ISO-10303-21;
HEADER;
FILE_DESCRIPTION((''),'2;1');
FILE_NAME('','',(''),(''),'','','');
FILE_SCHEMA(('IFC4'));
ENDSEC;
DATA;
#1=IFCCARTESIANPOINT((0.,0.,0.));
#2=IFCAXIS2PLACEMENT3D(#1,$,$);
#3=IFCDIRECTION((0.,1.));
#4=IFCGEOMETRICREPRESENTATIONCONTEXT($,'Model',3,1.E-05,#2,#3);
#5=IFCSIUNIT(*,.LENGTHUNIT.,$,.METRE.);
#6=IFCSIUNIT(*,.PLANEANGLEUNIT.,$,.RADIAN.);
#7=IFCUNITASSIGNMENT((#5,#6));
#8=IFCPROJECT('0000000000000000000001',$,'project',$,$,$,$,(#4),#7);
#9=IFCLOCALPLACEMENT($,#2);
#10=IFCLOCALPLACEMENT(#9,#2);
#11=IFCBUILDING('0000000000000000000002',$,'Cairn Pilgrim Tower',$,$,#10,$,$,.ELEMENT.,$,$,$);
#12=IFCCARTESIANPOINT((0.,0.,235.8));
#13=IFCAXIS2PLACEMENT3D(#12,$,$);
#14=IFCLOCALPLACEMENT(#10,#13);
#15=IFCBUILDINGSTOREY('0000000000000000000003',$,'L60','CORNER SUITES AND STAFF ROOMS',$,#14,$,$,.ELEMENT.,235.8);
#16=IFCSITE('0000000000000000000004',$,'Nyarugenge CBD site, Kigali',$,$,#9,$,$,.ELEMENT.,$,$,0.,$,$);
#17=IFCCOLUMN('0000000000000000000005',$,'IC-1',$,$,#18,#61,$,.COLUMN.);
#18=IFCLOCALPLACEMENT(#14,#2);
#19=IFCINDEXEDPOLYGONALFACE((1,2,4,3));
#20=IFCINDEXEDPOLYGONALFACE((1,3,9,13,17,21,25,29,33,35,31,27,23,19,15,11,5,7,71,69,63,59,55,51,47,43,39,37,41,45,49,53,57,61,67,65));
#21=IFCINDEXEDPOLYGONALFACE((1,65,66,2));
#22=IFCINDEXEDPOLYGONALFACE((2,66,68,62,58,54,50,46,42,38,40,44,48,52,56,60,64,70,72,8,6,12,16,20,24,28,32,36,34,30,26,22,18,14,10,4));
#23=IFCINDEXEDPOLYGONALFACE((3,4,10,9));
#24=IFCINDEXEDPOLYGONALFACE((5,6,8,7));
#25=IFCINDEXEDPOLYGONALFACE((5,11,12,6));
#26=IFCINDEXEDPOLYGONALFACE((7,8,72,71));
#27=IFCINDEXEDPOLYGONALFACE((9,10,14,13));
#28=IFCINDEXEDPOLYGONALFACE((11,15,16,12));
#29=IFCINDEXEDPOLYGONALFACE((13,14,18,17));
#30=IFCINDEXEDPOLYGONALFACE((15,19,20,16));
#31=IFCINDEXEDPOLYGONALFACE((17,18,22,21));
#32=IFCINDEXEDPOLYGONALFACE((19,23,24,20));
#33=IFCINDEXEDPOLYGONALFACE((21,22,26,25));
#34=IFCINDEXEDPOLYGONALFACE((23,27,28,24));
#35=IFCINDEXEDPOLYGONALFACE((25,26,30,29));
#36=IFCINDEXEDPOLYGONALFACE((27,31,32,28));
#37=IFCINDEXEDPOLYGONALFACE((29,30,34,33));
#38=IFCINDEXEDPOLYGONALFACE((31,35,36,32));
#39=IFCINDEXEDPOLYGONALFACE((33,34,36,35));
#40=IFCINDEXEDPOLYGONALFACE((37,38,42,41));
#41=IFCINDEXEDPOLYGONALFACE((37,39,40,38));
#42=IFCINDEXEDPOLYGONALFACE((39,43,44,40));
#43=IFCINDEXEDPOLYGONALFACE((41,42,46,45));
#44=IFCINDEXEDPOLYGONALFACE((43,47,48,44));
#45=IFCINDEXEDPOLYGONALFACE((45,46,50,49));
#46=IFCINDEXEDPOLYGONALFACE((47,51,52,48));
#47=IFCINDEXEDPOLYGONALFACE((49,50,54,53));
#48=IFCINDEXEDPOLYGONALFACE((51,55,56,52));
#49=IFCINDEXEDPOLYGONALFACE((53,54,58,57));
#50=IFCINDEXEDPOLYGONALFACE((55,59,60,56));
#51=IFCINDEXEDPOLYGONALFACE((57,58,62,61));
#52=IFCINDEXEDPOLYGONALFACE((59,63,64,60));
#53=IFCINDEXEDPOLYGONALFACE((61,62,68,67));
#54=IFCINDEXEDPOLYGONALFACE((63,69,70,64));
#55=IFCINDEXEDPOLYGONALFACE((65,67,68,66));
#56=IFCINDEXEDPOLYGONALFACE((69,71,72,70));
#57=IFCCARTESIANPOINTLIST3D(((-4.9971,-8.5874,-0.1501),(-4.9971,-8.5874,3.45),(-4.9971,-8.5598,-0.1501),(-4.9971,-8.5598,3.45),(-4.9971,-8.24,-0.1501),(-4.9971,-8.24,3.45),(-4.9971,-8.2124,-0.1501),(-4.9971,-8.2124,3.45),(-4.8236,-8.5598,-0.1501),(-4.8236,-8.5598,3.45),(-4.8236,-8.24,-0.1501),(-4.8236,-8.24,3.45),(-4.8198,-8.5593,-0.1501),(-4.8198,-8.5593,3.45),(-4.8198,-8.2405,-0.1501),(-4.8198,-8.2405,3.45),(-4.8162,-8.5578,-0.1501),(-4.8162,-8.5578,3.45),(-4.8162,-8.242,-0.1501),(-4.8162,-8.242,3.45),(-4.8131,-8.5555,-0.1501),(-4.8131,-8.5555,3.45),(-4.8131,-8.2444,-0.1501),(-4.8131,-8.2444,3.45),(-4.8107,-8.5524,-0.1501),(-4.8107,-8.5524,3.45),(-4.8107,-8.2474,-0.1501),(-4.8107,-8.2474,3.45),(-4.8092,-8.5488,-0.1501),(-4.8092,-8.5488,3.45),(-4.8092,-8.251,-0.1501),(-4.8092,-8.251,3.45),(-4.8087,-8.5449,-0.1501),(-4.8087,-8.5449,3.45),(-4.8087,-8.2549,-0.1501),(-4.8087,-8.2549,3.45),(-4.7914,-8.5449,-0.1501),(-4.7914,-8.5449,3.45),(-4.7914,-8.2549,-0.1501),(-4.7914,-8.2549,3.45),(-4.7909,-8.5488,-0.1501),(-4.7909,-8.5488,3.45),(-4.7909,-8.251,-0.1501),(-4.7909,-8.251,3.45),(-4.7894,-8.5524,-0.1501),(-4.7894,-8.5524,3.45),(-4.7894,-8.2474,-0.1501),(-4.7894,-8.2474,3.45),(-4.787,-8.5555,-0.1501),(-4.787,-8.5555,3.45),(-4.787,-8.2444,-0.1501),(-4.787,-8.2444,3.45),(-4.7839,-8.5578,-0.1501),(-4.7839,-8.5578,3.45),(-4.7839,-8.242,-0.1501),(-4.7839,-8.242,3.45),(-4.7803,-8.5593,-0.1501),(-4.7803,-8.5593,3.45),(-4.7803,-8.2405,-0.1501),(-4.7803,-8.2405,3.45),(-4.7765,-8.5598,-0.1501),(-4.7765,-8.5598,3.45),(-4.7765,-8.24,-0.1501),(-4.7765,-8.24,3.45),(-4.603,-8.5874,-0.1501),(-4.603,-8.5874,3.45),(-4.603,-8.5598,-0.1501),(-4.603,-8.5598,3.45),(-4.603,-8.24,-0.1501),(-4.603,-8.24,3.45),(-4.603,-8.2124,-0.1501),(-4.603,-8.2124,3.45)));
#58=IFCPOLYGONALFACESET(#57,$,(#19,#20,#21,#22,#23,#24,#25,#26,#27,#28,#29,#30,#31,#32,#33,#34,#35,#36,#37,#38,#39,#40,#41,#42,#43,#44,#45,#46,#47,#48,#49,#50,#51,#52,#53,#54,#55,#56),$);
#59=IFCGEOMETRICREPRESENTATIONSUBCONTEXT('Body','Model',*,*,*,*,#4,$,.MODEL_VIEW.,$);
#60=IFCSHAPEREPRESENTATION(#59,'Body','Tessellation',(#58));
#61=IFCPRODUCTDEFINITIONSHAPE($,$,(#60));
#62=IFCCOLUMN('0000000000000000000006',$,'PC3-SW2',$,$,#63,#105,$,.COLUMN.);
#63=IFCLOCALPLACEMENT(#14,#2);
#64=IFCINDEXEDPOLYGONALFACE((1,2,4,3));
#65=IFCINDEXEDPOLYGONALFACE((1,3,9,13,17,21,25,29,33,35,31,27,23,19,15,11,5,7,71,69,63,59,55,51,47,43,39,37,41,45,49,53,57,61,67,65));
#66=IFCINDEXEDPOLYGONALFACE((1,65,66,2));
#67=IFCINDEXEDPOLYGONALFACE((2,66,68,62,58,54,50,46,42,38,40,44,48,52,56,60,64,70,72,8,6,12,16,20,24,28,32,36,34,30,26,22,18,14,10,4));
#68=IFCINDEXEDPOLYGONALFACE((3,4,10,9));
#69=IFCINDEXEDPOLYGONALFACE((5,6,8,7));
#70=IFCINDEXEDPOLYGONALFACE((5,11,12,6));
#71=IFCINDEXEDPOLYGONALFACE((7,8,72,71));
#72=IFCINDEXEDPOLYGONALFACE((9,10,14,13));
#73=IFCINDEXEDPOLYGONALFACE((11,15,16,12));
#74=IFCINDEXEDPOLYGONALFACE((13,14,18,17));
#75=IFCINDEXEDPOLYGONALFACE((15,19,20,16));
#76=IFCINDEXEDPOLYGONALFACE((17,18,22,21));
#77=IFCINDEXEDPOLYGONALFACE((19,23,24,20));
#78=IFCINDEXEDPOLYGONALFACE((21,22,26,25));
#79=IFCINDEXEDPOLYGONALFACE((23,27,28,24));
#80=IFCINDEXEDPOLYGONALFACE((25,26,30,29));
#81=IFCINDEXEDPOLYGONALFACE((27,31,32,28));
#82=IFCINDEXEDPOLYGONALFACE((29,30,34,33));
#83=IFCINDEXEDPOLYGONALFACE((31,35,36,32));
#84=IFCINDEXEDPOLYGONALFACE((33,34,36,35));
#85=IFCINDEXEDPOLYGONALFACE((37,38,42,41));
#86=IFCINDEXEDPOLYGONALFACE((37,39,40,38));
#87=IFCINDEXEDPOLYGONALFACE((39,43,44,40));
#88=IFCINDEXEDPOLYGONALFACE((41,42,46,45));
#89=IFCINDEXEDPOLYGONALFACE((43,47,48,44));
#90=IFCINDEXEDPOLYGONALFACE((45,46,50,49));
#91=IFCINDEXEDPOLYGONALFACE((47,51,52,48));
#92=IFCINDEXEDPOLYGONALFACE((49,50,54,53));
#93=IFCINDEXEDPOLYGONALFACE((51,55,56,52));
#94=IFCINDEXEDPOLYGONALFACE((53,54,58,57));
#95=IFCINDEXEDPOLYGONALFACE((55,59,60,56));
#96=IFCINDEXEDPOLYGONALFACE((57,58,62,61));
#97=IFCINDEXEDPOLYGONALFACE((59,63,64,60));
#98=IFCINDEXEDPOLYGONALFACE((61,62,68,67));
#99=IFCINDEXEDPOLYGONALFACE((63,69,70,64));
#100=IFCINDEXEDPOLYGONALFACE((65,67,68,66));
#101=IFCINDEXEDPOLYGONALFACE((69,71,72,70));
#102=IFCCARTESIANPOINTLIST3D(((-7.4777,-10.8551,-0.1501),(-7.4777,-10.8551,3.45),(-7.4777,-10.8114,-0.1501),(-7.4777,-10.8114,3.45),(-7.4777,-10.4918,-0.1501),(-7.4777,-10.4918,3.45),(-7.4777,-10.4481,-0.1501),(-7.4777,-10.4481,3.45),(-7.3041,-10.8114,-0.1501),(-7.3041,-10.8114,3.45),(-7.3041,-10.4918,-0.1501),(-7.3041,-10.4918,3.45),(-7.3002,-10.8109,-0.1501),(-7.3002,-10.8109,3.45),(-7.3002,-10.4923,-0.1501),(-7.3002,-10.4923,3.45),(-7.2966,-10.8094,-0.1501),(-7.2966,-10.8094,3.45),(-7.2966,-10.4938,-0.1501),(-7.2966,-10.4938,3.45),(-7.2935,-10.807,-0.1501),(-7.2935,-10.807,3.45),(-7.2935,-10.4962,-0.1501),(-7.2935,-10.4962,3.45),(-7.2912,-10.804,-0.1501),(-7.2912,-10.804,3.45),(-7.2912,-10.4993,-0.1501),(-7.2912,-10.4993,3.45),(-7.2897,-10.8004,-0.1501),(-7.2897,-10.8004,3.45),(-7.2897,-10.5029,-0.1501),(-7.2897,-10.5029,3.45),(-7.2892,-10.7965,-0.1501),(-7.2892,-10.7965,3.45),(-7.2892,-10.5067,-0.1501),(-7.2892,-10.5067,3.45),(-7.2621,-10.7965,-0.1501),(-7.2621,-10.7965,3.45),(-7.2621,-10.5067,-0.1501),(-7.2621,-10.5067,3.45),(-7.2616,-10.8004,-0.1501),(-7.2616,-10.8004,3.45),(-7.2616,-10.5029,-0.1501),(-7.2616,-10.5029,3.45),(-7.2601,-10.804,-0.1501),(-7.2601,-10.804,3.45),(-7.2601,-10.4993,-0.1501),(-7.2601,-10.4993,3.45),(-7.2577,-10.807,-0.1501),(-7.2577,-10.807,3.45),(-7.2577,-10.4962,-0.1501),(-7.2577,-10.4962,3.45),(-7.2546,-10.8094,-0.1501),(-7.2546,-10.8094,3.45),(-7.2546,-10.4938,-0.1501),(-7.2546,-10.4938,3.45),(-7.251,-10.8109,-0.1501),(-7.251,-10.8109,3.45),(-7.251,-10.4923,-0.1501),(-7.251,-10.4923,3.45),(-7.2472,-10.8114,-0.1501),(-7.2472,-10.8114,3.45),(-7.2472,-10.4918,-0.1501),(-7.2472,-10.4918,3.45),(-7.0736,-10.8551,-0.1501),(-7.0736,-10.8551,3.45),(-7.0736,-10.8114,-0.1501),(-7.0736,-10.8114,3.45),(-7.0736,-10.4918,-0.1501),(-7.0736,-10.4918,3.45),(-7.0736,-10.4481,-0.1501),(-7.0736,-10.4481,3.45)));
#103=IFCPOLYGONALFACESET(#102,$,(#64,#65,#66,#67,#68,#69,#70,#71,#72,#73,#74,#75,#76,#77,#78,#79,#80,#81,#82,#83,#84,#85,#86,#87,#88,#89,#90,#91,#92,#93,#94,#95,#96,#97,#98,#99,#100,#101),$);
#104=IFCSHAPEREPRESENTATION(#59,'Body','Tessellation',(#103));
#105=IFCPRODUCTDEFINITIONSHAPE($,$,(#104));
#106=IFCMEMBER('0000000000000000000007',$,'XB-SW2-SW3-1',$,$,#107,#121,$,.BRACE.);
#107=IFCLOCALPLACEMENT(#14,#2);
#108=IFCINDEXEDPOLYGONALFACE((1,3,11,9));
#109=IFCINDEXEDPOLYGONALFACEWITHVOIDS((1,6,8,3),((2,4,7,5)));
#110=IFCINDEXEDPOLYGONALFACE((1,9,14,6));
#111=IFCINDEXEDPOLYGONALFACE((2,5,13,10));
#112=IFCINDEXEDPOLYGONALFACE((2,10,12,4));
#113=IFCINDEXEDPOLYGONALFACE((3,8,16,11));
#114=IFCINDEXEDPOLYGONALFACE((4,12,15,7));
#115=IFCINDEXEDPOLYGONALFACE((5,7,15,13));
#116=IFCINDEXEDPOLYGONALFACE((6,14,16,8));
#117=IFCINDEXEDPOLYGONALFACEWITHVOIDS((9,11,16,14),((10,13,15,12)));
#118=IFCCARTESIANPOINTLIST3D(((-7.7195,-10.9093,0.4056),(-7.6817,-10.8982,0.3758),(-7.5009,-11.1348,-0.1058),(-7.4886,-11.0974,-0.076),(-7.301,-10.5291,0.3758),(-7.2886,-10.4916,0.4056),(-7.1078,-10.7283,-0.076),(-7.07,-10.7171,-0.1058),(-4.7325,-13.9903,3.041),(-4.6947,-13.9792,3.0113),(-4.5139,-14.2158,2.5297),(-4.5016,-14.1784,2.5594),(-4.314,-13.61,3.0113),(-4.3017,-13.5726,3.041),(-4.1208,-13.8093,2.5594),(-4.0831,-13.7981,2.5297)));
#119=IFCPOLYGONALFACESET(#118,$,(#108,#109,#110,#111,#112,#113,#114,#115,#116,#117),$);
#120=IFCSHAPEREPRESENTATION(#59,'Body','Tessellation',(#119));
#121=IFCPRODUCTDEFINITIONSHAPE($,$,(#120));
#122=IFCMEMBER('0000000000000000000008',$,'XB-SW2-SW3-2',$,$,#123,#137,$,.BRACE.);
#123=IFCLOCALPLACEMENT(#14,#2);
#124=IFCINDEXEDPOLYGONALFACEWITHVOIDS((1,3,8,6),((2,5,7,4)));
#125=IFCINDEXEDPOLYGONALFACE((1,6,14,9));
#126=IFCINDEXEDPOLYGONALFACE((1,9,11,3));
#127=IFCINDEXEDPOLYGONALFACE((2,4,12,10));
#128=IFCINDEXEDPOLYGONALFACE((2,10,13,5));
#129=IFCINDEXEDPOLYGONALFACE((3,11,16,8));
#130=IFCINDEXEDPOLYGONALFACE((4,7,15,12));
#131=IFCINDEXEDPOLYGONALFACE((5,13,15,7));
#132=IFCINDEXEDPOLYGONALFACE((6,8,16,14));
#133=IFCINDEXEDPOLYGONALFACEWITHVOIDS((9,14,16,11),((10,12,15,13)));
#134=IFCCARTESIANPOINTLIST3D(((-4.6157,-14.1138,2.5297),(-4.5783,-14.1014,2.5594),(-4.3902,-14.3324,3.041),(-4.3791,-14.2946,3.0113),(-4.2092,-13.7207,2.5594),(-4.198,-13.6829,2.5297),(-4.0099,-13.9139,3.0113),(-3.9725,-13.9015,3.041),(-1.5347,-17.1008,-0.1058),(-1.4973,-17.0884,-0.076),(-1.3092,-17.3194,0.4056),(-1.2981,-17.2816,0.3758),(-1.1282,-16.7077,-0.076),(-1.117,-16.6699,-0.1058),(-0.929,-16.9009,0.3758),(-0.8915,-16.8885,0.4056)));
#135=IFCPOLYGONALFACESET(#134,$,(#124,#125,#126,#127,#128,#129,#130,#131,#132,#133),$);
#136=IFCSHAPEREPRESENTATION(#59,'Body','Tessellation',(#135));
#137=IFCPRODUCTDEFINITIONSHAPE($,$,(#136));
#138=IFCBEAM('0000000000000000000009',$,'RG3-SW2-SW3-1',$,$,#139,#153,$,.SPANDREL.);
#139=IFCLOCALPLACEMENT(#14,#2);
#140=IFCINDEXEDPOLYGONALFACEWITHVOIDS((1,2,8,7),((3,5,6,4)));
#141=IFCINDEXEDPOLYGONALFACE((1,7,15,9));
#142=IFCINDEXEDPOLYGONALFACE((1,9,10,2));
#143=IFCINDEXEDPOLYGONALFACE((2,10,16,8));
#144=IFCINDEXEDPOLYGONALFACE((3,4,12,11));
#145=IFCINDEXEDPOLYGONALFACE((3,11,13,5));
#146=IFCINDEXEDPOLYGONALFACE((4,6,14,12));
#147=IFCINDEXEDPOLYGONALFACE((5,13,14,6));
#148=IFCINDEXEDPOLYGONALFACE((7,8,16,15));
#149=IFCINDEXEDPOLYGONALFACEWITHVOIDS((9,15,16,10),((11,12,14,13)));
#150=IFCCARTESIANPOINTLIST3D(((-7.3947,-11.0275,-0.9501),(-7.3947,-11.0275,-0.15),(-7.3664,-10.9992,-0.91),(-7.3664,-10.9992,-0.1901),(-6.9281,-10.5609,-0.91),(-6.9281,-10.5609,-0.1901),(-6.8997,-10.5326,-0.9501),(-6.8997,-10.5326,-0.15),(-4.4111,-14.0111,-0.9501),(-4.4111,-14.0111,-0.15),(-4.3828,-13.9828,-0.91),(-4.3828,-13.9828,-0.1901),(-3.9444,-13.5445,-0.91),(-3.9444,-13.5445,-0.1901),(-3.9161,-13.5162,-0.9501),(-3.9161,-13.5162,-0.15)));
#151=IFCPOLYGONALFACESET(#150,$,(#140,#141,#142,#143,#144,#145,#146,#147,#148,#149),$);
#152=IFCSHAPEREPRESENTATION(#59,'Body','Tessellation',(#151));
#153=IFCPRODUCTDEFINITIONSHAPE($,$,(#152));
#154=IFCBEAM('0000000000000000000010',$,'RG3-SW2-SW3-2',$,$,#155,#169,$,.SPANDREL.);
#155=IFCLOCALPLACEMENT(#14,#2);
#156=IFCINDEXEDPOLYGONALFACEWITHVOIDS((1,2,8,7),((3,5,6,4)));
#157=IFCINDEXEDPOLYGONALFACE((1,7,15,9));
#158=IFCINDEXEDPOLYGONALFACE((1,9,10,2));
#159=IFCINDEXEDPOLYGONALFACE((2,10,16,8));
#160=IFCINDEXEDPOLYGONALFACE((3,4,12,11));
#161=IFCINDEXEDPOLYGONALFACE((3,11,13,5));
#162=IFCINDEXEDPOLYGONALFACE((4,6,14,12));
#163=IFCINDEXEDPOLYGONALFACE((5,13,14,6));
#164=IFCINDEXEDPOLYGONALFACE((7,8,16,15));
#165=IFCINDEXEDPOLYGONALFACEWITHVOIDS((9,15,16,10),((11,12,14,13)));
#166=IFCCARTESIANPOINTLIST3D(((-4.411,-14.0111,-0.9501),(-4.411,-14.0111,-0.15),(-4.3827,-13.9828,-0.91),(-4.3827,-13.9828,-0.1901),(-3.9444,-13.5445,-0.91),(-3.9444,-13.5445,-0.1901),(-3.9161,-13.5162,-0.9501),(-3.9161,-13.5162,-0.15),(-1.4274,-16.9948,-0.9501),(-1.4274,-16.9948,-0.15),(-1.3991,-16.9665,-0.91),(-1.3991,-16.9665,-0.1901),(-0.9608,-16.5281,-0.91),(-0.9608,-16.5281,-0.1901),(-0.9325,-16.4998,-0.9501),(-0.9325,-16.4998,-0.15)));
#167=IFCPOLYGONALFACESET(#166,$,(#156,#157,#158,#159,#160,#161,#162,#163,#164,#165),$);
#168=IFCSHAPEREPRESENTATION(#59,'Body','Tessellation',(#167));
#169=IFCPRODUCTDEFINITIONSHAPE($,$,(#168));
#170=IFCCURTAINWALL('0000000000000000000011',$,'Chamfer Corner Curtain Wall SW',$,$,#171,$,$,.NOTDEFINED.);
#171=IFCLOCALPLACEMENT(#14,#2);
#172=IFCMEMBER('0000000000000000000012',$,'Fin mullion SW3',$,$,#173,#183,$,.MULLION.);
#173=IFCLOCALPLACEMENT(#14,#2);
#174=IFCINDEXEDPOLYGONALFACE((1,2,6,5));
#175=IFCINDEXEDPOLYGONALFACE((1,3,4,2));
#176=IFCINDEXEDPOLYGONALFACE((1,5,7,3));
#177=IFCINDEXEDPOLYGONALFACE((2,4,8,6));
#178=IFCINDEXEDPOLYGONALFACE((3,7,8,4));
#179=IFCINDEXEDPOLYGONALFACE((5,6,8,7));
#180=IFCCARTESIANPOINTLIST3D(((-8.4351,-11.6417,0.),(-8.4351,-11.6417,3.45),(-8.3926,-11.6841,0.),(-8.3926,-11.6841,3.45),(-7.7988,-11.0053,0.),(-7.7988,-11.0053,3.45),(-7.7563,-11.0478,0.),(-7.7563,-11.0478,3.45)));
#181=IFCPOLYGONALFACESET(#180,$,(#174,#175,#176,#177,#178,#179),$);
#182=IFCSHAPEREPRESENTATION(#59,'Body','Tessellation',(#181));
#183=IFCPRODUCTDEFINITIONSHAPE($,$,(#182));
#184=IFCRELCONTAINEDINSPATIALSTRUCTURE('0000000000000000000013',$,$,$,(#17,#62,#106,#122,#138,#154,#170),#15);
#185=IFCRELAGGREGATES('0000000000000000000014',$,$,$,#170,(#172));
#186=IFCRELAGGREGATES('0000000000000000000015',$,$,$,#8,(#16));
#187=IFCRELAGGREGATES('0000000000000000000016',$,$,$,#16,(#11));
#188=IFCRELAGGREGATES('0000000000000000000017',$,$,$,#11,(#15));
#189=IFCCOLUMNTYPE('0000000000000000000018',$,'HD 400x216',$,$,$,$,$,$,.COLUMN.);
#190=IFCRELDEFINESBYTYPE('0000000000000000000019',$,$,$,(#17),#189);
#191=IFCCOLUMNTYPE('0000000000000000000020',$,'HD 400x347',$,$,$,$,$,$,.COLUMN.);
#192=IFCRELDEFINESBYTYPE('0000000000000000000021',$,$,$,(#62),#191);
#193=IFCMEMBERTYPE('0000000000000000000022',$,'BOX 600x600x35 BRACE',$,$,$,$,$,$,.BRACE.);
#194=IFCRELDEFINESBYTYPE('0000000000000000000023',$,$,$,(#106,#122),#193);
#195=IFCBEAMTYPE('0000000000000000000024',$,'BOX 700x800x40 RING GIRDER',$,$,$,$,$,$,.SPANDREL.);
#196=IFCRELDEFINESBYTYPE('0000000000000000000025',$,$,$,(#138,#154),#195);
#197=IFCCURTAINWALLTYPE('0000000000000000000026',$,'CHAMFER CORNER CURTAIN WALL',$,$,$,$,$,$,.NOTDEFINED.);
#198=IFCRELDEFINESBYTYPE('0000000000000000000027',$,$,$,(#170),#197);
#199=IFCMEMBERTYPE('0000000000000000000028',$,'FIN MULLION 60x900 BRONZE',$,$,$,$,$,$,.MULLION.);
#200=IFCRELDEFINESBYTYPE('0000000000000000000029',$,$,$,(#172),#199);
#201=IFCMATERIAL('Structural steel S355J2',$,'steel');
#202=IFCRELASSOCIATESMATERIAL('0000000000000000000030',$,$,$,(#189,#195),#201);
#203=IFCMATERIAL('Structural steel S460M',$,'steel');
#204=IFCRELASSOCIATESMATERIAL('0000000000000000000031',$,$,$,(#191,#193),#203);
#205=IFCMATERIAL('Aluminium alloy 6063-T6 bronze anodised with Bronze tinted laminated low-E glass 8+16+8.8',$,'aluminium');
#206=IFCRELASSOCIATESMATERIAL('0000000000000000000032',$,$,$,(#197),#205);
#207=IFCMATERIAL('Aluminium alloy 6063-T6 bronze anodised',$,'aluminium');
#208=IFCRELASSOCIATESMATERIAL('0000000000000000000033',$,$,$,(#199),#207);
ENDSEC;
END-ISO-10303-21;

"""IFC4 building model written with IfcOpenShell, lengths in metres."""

from ifc_helpers import new_model, si_unit, direction, frame, origin, origin_2d, place, context, subcontext, project, spatial, rectangle, hollow_rectangle, i_section, extrude, material, material_profile, profile_set, type_object, element, aggregate, save


model = new_model("IFC4")

# Units and contexts
model_context = context("Model", 3, precision=1e-05, world=origin(), true_north=direction((0.0, 1.0)))
body_context = subcontext(model_context, "Body", "Model", "MODEL_VIEW")
ifc_project = project(units=[si_unit("LENGTHUNIT", "METRE"), si_unit("PLANEANGLEUNIT", "RADIAN")], contexts=[model_context])

# Site, building, storey
site_placement = place(None, origin())
site = spatial("IfcSite", under=ifc_project, at=site_placement, Name="Nyarugenge CBD site, Kigali", CompositionType="ELEMENT", RefElevation=0.0)
building_placement = place(site_placement, origin())
building = spatial("IfcBuilding", under=site, at=building_placement, Name="Cairn Pilgrim Tower", CompositionType="ELEMENT")
storey_placement = place(building_placement, frame((0.0, 0.0, 235.8)))
storey = spatial("IfcBuildingStorey", under=building, at=storey_placement, Name="L60", Description="CORNER SUITES AND STAFF ROOMS", CompositionType="ELEMENT", Elevation=235.8)

# Columns
ifc_material_1 = material(Name="Structural steel S355J2", Category="steel")
ifc_material_profile_1 = material_profile(ifc_material_1, i_section(OverallWidth=0.394, OverallDepth=0.375, WebThickness=0.0173, FlangeThickness=0.0276, FilletRadius=0.0149, at=origin_2d()), Name="HD 400x216")
ifc_profile_set_1 = profile_set([ifc_material_profile_1], Name="Structural steel S355J2")
column_type_1 = type_object("IfcColumnType", Name="HD 400x216", PredefinedType="COLUMN", material=ifc_profile_set_1)
column_1_placement = place(storey_placement, frame((-4.8, -8.3999, -0.1501), z_axis=(0.0, 0.0, 1.0), x_axis=(1.0, 0.0, 0.0)))
element("IfcColumn", 1, at=column_1_placement, inside=storey, type_object=column_type_1, Name="IC-1", PredefinedType="COLUMN", context=body_context, shape_type="SweptSolid", body=[
    extrude(i_section(OverallWidth=0.394, OverallDepth=0.375, WebThickness=0.0173, FlangeThickness=0.0276, FilletRadius=0.0149, at=origin_2d()), origin(), (0.0, 0.0, 1.0), 3.6001),
])
ifc_material_2 = material(Name="Structural steel S460M", Category="steel")
ifc_material_profile_2 = material_profile(ifc_material_2, i_section(OverallWidth=0.4041, OverallDepth=0.407, WebThickness=0.0271, FlangeThickness=0.0437, FilletRadius=0.0149, at=origin_2d()), Name="HD 400x347")
ifc_profile_set_2 = profile_set([ifc_material_profile_2], Name="Structural steel S460M")
column_type_2 = type_object("IfcColumnType", Name="HD 400x347", PredefinedType="COLUMN", material=ifc_profile_set_2)
column_2_placement = place(storey_placement, frame((-7.2756, -10.6516, -0.1501), z_axis=(0.0, 0.0, 1.0), x_axis=(1.0, 0.0, 0.0)))
element("IfcColumn", 2, at=column_2_placement, inside=storey, type_object=column_type_2, Name="PC3-SW2", PredefinedType="COLUMN", context=body_context, shape_type="SweptSolid", body=[
    extrude(i_section(OverallWidth=0.4041, OverallDepth=0.407, WebThickness=0.0271, FlangeThickness=0.0437, FilletRadius=0.0149, at=origin_2d()), origin(), (0.0, 0.0, 1.0), 3.6001),
])

# Members
ifc_material_profile_3 = material_profile(ifc_material_2, hollow_rectangle(XDim=0.6001, YDim=0.6001, WallThickness=0.0349, at=origin_2d()), Name="BOX 600x600x35")
ifc_profile_set_3 = profile_set([ifc_material_profile_3], Name="Structural steel S460M")
member_type_1 = type_object("IfcMemberType", Name="BOX 600x600x35 BRACE", PredefinedType="BRACE", material=ifc_profile_set_3)
for number, where, z_axis, x_axis, name in (
    (3, (-7.3948, -10.8132, 0.1499), (0.593142, -0.611806, 0.523332), (0.717974, 0.69607, 0.0), "XB-SW2-SW3-1"),
    (4, (-1.2131, -16.9946, 0.1499), (-0.611806, 0.593142, 0.523332), (-0.69607, -0.717974, 0.0), "XB-SW2-SW3-2"),
):
    element("IfcMember", number, at=place(storey_placement, frame(where, z_axis=z_axis, x_axis=x_axis)), inside=storey, type_object=member_type_1, Name=name, PredefinedType="BRACE", context=body_context, shape_type="SweptSolid", body=[
        extrude(hollow_rectangle(XDim=0.6001, YDim=0.6001, WallThickness=0.0349, at=origin_2d()), origin(), (0.0, 0.0, 1.0), 5.0359),
    ])

# Beams
ifc_material_profile_4 = material_profile(ifc_material_1, hollow_rectangle(XDim=0.7, YDim=0.8, WallThickness=0.04, at=origin_2d()), Name="BOX 700x800x40")
ifc_profile_set_4 = profile_set([ifc_material_profile_4], Name="Structural steel S355J2")
beam_type_1 = type_object("IfcBeamType", Name="BOX 700x800x40 RING GIRDER", PredefinedType="SPANDREL", material=ifc_profile_set_4)
for number, where, z_axis, x_axis, name in (
    (5, (-7.1472, -10.78, -0.55), (0.707107, -0.707107, 0.0), (0.707107, 0.707107, 0.0), "RG3-SW2-SW3-1"),
    (6, (-4.1636, -13.7637, -0.55), (0.707107, -0.707107, 0.0), (0.707107, 0.707107, 0.0), "RG3-SW2-SW3-2"),
):
    element("IfcBeam", number, at=place(storey_placement, frame(where, z_axis=z_axis, x_axis=x_axis)), inside=storey, type_object=beam_type_1, Name=name, PredefinedType="SPANDREL", context=body_context, shape_type="SweptSolid", body=[
        extrude(hollow_rectangle(XDim=0.7, YDim=0.8, WallThickness=0.04, at=origin_2d()), origin(), (0.0, 0.0, 1.0), 4.2195),
    ])

# Curtain wall, member
ifc_material_3 = material(Name="Aluminium alloy 6063-T6 bronze anodised with Bronze tinted laminated low-E glass 8+16+8.8", Category="aluminium")
curtain_wall_type = type_object("IfcCurtainWallType", Name="CHAMFER CORNER CURTAIN WALL", PredefinedType="NOTDEFINED", material=ifc_material_3)
curtain_wall_placement = place(storey_placement, origin())
curtain_wall = element("IfcCurtainWall", 7, at=curtain_wall_placement, inside=storey, type_object=curtain_wall_type, Name="Chamfer Corner Curtain Wall SW", PredefinedType="NOTDEFINED")
ifc_material_4 = material(Name="Aluminium alloy 6063-T6 bronze anodised", Category="aluminium")
ifc_material_profile_5 = material_profile(ifc_material_4, rectangle(XDim=0.8999, YDim=0.0601, at=origin_2d()), Name="FIN MULLION 60x900 BRONZE")
ifc_profile_set_5 = profile_set([ifc_material_profile_5], Name="Aluminium alloy 6063-T6 bronze anodised")
member_type_2 = type_object("IfcMemberType", Name="FIN MULLION 60x900 BRONZE", PredefinedType="MULLION", material=ifc_profile_set_5)
member_1_placement = place(storey_placement, frame((-8.0957, -11.3447, 0.0), z_axis=(0.0, 0.0, 1.0), x_axis=(-0.707107, -0.707107, 0.0)))
member_1 = element("IfcMember", 8, at=member_1_placement, type_object=member_type_2, Name="Fin mullion SW3", PredefinedType="MULLION", context=body_context, shape_type="SweptSolid", body=[
    extrude(rectangle(XDim=0.8999, YDim=0.0601, at=origin_2d()), origin(), (0.0, 0.0, 1.0), 3.45),
])

aggregate(curtain_wall, [member_1])

save(model, "model.ifc")
